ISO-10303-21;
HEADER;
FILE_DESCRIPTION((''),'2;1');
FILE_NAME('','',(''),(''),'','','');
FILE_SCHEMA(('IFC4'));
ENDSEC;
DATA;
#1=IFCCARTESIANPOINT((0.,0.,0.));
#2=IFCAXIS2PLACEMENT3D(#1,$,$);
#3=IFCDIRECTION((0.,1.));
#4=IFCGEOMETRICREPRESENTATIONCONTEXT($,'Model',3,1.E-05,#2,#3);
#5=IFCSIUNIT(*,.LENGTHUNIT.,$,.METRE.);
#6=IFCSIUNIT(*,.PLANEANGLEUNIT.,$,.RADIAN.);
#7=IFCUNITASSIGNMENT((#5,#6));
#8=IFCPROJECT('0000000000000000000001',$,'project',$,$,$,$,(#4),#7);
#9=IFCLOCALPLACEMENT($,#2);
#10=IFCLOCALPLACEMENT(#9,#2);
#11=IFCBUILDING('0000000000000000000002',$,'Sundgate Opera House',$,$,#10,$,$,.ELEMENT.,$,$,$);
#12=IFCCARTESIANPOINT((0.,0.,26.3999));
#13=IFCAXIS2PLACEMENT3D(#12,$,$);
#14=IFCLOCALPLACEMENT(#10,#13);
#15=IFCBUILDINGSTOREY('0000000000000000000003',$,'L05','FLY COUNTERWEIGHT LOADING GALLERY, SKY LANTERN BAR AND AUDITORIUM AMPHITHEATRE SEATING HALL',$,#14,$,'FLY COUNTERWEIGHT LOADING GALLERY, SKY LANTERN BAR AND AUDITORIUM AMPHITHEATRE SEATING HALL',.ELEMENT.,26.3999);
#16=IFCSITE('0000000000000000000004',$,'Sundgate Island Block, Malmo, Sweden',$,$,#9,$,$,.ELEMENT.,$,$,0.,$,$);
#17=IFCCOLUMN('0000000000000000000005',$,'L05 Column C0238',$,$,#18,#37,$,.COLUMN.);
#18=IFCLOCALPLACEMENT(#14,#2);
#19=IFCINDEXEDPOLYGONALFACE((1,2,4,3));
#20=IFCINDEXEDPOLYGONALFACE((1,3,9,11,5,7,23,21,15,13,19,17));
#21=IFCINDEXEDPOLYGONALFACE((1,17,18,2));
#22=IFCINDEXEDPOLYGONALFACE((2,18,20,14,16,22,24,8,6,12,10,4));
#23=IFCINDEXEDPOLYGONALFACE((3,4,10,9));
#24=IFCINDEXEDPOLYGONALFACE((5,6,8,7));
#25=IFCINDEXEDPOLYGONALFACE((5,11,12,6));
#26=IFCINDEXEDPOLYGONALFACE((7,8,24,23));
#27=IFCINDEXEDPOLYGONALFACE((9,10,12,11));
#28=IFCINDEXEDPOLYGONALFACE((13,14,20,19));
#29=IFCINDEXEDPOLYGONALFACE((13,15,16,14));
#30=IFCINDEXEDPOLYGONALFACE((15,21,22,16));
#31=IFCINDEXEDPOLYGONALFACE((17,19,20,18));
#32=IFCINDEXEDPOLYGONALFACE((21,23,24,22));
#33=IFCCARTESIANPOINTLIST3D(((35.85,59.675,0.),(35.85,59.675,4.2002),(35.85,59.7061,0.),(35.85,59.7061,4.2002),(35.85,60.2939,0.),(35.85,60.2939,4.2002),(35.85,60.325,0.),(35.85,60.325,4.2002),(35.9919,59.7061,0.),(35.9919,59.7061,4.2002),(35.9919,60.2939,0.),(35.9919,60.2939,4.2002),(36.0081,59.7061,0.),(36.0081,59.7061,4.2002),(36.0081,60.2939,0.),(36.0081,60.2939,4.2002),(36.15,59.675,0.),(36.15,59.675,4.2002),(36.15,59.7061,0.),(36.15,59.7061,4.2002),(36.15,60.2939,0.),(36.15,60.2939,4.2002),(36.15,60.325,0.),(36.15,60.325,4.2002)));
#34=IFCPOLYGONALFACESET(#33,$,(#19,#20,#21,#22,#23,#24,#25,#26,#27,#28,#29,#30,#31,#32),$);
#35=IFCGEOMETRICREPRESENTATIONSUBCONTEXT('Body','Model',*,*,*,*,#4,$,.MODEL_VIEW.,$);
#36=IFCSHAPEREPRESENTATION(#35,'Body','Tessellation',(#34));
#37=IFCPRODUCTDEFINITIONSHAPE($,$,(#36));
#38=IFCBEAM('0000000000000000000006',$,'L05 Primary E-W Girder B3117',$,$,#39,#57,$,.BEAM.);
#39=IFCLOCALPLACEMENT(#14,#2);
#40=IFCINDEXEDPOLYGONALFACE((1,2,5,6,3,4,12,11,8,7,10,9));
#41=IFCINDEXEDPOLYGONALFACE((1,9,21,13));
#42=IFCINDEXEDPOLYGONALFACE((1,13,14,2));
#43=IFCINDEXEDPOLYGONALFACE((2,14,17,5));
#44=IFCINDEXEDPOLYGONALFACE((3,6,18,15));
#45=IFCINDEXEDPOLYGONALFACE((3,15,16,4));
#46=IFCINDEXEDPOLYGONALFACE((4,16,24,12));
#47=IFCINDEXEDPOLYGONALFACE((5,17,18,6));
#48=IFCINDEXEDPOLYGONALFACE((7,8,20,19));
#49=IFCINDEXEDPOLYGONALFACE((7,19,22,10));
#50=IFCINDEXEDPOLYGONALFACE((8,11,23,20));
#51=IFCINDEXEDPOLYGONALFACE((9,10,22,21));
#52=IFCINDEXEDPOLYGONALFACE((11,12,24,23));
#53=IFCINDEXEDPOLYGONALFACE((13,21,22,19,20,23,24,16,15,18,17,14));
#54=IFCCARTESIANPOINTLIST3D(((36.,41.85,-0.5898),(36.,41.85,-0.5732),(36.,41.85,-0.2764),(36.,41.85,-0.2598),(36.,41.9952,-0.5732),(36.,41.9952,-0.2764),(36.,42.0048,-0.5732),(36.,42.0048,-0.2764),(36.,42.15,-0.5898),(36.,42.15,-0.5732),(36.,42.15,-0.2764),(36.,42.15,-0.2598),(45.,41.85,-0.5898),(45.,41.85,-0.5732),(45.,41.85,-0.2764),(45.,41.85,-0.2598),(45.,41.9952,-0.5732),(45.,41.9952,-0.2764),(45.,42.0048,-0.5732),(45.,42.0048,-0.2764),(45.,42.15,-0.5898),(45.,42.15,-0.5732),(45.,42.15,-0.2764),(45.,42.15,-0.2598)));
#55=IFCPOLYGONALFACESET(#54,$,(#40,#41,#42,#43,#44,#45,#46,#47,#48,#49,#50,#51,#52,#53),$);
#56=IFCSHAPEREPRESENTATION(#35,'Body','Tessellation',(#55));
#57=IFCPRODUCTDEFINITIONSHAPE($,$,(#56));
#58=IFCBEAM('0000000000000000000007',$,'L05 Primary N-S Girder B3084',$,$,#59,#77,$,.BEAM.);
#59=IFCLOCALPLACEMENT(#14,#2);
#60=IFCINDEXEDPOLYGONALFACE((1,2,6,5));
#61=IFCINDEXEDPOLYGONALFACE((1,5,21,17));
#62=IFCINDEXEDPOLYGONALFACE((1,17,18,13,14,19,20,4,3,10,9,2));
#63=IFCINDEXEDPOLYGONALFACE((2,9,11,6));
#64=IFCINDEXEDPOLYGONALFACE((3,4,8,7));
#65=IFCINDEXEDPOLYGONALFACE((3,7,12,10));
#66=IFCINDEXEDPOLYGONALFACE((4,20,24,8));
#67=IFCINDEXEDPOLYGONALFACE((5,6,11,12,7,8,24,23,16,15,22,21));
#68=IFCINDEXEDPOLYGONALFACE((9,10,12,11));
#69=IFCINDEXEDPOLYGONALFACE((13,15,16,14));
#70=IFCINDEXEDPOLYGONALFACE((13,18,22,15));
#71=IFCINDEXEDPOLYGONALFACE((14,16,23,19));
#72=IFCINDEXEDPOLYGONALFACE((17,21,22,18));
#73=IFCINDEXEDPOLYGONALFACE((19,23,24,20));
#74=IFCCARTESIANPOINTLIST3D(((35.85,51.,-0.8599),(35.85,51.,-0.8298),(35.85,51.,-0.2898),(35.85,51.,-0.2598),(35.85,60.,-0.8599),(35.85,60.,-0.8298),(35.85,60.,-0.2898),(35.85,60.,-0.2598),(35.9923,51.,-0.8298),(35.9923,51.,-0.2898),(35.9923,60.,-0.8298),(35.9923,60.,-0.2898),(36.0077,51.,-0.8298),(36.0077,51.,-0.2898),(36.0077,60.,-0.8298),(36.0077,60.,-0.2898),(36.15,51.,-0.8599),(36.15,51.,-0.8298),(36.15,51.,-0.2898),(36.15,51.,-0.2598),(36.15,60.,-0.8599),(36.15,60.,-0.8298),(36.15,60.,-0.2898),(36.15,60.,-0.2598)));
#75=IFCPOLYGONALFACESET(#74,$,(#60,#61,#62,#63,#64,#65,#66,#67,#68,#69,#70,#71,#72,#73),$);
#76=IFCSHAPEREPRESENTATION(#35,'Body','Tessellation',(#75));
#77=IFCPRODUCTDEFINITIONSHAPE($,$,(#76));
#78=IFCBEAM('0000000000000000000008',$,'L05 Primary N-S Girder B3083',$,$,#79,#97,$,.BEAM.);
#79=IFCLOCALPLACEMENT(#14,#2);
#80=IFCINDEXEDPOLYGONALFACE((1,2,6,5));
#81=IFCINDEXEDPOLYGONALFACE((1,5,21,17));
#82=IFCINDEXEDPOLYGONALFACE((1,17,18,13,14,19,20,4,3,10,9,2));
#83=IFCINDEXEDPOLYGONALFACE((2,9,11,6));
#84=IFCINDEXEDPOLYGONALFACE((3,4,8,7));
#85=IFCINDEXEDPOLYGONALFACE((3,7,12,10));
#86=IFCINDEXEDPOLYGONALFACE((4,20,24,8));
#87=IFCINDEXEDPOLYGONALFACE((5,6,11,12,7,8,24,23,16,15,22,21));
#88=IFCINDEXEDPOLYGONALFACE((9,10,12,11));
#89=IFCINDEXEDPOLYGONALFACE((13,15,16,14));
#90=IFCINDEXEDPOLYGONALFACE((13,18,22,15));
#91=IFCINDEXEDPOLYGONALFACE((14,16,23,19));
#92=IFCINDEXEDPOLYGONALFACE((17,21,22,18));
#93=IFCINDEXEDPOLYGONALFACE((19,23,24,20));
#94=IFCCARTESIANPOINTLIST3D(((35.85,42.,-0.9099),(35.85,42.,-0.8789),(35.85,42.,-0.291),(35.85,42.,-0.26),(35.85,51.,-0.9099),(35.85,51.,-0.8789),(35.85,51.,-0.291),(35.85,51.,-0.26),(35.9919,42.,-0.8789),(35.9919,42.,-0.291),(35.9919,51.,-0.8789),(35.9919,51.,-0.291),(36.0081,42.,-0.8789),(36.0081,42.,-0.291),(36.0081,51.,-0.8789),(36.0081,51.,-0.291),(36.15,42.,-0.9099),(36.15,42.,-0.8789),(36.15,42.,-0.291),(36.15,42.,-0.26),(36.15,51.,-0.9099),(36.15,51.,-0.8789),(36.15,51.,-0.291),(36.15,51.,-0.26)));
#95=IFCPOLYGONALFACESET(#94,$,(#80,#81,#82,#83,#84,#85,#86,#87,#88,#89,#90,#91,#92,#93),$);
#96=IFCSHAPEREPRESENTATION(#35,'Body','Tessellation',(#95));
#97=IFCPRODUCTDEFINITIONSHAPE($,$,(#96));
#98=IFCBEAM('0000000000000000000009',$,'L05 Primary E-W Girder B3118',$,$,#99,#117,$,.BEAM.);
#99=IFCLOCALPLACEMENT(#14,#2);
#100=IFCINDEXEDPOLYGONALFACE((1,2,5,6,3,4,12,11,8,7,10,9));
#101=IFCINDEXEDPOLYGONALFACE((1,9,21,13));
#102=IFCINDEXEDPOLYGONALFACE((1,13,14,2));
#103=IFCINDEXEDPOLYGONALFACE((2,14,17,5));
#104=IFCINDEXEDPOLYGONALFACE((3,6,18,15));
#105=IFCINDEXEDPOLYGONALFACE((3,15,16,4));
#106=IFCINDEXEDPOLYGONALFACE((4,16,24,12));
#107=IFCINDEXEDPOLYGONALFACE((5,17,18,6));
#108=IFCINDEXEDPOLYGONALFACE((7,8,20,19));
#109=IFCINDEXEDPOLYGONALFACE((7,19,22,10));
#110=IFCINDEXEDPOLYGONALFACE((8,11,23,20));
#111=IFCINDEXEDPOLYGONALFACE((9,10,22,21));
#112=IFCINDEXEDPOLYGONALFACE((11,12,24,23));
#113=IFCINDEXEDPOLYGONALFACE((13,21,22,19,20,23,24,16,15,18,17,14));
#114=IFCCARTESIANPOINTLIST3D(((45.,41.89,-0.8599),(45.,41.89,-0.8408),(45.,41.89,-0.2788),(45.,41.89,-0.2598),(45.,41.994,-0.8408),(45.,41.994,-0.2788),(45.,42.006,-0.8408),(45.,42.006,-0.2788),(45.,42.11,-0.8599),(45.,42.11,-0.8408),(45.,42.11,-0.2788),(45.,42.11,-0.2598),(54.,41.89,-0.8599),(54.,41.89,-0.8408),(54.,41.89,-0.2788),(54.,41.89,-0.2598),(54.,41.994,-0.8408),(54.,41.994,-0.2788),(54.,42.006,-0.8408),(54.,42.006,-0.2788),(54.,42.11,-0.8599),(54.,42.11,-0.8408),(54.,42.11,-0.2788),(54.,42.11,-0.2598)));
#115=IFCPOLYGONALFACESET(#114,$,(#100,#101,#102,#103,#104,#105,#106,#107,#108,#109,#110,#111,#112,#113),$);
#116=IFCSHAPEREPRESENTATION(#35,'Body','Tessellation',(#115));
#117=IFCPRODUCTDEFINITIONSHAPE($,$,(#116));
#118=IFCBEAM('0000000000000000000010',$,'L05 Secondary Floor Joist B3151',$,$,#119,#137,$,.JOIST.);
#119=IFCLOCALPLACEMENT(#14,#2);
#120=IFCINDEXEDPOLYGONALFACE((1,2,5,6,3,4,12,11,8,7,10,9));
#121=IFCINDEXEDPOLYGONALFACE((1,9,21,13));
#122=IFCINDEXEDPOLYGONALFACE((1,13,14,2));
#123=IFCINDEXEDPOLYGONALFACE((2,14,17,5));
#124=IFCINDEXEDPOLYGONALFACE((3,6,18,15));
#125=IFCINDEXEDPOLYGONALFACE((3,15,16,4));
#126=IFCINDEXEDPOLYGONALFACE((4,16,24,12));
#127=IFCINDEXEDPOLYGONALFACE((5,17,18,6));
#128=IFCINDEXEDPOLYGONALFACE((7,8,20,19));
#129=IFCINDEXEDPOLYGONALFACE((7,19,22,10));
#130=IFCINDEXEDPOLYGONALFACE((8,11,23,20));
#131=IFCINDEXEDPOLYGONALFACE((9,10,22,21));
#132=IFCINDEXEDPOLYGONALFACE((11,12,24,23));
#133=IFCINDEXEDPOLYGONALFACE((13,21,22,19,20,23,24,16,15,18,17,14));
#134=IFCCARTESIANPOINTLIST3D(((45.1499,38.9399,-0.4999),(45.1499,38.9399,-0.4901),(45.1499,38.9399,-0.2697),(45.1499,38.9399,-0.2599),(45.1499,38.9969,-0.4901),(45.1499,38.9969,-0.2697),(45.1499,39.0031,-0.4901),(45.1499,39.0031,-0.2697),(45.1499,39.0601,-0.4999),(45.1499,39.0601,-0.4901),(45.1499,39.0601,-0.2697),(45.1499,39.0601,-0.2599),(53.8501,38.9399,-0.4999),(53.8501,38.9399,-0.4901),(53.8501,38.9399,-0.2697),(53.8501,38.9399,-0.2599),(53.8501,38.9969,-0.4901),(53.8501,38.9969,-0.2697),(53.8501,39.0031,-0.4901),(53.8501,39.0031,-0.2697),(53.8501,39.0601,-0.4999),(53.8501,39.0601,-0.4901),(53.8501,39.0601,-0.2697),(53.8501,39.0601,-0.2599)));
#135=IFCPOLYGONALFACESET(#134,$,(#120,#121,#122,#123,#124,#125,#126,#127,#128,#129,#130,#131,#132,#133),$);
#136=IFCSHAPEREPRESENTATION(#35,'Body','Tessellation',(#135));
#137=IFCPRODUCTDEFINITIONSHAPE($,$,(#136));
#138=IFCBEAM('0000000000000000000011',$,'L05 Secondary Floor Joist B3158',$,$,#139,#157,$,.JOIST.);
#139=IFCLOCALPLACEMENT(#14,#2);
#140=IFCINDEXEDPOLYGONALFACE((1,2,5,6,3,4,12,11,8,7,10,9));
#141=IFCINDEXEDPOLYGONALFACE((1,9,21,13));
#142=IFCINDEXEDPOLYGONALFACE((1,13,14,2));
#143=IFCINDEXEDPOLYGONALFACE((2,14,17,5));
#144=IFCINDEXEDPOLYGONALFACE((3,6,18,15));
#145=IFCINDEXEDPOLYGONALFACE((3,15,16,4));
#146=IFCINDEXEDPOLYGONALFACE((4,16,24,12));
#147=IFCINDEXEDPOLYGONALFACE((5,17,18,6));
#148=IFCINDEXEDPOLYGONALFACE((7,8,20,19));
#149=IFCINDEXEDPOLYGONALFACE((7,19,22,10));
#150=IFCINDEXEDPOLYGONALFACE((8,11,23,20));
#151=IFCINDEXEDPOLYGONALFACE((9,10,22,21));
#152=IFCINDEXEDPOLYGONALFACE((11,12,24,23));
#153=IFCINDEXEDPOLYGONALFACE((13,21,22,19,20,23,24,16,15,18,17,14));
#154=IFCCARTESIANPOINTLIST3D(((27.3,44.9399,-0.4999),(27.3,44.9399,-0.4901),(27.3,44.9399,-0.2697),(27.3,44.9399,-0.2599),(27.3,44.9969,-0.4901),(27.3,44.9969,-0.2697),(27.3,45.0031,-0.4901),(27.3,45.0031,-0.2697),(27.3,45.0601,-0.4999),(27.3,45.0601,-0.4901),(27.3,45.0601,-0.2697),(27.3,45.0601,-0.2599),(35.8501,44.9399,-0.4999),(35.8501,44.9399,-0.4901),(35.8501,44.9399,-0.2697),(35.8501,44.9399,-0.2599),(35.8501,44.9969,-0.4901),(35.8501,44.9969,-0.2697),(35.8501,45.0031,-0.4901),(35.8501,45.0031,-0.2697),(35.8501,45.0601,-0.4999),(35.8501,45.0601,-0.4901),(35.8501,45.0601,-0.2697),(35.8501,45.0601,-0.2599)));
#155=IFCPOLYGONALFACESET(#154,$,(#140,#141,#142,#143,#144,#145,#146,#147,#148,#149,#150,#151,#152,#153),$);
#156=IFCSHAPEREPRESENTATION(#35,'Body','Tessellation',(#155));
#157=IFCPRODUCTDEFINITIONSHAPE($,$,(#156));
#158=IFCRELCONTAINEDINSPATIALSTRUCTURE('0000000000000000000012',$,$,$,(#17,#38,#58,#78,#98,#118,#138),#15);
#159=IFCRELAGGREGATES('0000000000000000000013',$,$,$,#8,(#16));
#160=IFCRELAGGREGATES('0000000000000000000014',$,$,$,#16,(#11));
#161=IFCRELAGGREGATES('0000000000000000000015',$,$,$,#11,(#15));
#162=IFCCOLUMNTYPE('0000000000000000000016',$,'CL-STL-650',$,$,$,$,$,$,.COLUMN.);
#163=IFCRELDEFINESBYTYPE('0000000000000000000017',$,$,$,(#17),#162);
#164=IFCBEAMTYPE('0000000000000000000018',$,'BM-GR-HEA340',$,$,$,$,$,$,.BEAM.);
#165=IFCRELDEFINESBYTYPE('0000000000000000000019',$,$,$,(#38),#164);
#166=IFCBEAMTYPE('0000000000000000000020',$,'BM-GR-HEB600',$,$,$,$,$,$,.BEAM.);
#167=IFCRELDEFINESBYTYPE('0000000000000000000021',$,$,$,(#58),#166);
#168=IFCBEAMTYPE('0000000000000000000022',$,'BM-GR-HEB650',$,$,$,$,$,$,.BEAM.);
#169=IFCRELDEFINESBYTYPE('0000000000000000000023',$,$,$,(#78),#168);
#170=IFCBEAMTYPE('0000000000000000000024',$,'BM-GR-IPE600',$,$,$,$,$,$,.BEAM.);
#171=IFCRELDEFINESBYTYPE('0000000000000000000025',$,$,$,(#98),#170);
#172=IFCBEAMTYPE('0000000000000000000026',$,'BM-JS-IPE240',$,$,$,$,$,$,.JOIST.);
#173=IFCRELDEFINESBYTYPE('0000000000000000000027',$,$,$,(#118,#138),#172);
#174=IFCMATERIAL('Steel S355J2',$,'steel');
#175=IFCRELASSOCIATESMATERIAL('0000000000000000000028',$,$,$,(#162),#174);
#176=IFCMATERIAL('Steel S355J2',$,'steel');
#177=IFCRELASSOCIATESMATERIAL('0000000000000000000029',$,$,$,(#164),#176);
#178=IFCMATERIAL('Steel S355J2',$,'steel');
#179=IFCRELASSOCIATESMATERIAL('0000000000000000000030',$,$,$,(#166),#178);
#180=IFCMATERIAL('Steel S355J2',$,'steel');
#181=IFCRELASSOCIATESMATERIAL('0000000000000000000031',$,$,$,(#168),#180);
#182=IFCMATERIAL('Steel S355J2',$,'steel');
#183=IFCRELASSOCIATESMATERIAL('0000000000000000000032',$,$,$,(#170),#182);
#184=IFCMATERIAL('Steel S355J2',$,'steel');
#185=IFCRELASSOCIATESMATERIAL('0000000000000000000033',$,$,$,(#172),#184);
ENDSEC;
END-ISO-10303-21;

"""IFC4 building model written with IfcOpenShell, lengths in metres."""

from ifc_helpers import new_model, si_unit, direction, frame, origin, origin_2d, place, context, subcontext, project, spatial, i_section, extrude, material, material_profile, profile_set, type_object, element, save


model = new_model("IFC4")

# Units and contexts
model_context = context("Model", 3, precision=1e-05, world=origin(), true_north=direction((0.0, 1.0)))
body_context = subcontext(model_context, "Body", "Model", "MODEL_VIEW")
ifc_project = project(units=[si_unit("LENGTHUNIT", "METRE"), si_unit("PLANEANGLEUNIT", "RADIAN")], contexts=[model_context])

# Site, building, storey
site_placement = place(None, origin())
site = spatial("IfcSite", under=ifc_project, at=site_placement, Name="Sundgate Island Block, Malmo, Sweden", CompositionType="ELEMENT", RefElevation=0.0)
building_placement = place(site_placement, origin())
building = spatial("IfcBuilding", under=site, at=building_placement, Name="Sundgate Opera House", CompositionType="ELEMENT")
storey_placement = place(building_placement, frame((0.0, 0.0, 26.3999)))
storey = spatial("IfcBuildingStorey", under=building, at=storey_placement, Name="L05", Description="FLY COUNTERWEIGHT LOADING GALLERY, SKY LANTERN BAR AND AUDITORIUM AMPHITHEATRE SEATING HALL", LongName="FLY COUNTERWEIGHT LOADING GALLERY, SKY LANTERN BAR AND AUDITORIUM AMPHITHEATRE SEATING HALL", CompositionType="ELEMENT", Elevation=26.3999)

# Column
ifc_material_1 = material(Name="Steel S355J2", Category="steel")
ifc_material_profile_1 = material_profile(ifc_material_1, i_section(OverallWidth=0.3, OverallDepth=0.6499, WebThickness=0.0161, FlangeThickness=0.031, at=origin_2d()), Name="HEB 650")
ifc_profile_set_1 = profile_set([ifc_material_profile_1], Name="Steel S355J2")
column_type = type_object("IfcColumnType", Name="CL-STL-650", PredefinedType="COLUMN", material=ifc_profile_set_1)
column_placement = place(storey_placement, frame((36.0, 60.0, 0.0), z_axis=(0.0, 0.0, 1.0), x_axis=(1.0, 0.0, 0.0)))
element("IfcColumn", 1, at=column_placement, inside=storey, type_object=column_type, Name="L05 Column C0238", PredefinedType="COLUMN", context=body_context, shape_type="SweptSolid", body=[
    extrude(i_section(OverallWidth=0.3, OverallDepth=0.6499, WebThickness=0.0161, FlangeThickness=0.031, at=origin_2d()), origin(), (0.0, 0.0, 1.0), 4.2002),
])

# Beams
ifc_material_2 = material(Name="Steel S355J2", Category="steel")
ifc_material_profile_2 = material_profile(ifc_material_2, i_section(OverallWidth=0.3, OverallDepth=0.3301, WebThickness=0.0095, FlangeThickness=0.0166, at=origin_2d()), Name="HEA 340")
ifc_profile_set_2 = profile_set([ifc_material_profile_2], Name="Steel S355J2")
beam_type_1 = type_object("IfcBeamType", Name="BM-GR-HEA340", PredefinedType="BEAM", material=ifc_profile_set_2)
beam_1_placement = place(storey_placement, frame((36.0, 42.0, -0.4248), z_axis=(1.0, 0.0, 0.0), x_axis=(0.0, 1.0, 0.0)))
element("IfcBeam", 2, at=beam_1_placement, inside=storey, type_object=beam_type_1, Name="L05 Primary E-W Girder B3117", PredefinedType="BEAM", context=body_context, shape_type="SweptSolid", body=[
    extrude(i_section(OverallWidth=0.3, OverallDepth=0.3301, WebThickness=0.0095, FlangeThickness=0.0166, at=origin_2d()), origin(), (0.0, 0.0, 1.0), 9.0),
])
ifc_material_3 = material(Name="Steel S355J2", Category="steel")
ifc_material_profile_3 = material_profile(ifc_material_3, i_section(OverallWidth=0.3, OverallDepth=0.6001, WebThickness=0.0154, FlangeThickness=0.03, at=origin_2d()), Name="HEB 600")
ifc_profile_set_3 = profile_set([ifc_material_profile_3], Name="Steel S355J2")
beam_type_2 = type_object("IfcBeamType", Name="BM-GR-HEB600", PredefinedType="BEAM", material=ifc_profile_set_3)
beam_2_placement = place(storey_placement, frame((36.0, 51.0, -0.5598), z_axis=(0.0, 1.0, 0.0), x_axis=(-1.0, 0.0, 0.0)))
element("IfcBeam", 3, at=beam_2_placement, inside=storey, type_object=beam_type_2, Name="L05 Primary N-S Girder B3084", PredefinedType="BEAM", context=body_context, shape_type="SweptSolid", body=[
    extrude(i_section(OverallWidth=0.3, OverallDepth=0.6001, WebThickness=0.0154, FlangeThickness=0.03, at=origin_2d()), origin(), (0.0, 0.0, 1.0), 9.0),
])
ifc_material_4 = material(Name="Steel S355J2", Category="steel")
ifc_material_profile_4 = material_profile(ifc_material_4, i_section(OverallWidth=0.3, OverallDepth=0.6499, WebThickness=0.0161, FlangeThickness=0.031, at=origin_2d()), Name="HEB 650")
ifc_profile_set_4 = profile_set([ifc_material_profile_4], Name="Steel S355J2")
beam_type_3 = type_object("IfcBeamType", Name="BM-GR-HEB650", PredefinedType="BEAM", material=ifc_profile_set_4)
beam_3_placement = place(storey_placement, frame((36.0, 42.0, -0.585), z_axis=(0.0, 1.0, 0.0), x_axis=(-1.0, 0.0, 0.0)))
element("IfcBeam", 4, at=beam_3_placement, inside=storey, type_object=beam_type_3, Name="L05 Primary N-S Girder B3083", PredefinedType="BEAM", context=body_context, shape_type="SweptSolid", body=[
    extrude(i_section(OverallWidth=0.3, OverallDepth=0.6499, WebThickness=0.0161, FlangeThickness=0.031, at=origin_2d()), origin(), (0.0, 0.0, 1.0), 9.0),
])
ifc_material_5 = material(Name="Steel S355J2", Category="steel")
ifc_material_profile_5 = material_profile(ifc_material_5, i_section(OverallWidth=0.22, OverallDepth=0.6001, WebThickness=0.012, FlangeThickness=0.019, at=origin_2d()), Name="IPE 600")
ifc_profile_set_5 = profile_set([ifc_material_profile_5], Name="Steel S355J2")
beam_type_4 = type_object("IfcBeamType", Name="BM-GR-IPE600", PredefinedType="BEAM", material=ifc_profile_set_5)
beam_4_placement = place(storey_placement, frame((45.0, 42.0, -0.5598), z_axis=(1.0, 0.0, 0.0), x_axis=(0.0, 1.0, 0.0)))
element("IfcBeam", 5, at=beam_4_placement, inside=storey, type_object=beam_type_4, Name="L05 Primary E-W Girder B3118", PredefinedType="BEAM", context=body_context, shape_type="SweptSolid", body=[
    extrude(i_section(OverallWidth=0.22, OverallDepth=0.6001, WebThickness=0.012, FlangeThickness=0.019, at=origin_2d()), origin(), (0.0, 0.0, 1.0), 9.0),
])
ifc_material_6 = material(Name="Steel S355J2", Category="steel")
ifc_material_profile_6 = material_profile(ifc_material_6, i_section(OverallWidth=0.1201, OverallDepth=0.24, WebThickness=0.0061, FlangeThickness=0.0098, at=origin_2d()), Name="IPE 240")
ifc_profile_set_6 = profile_set([ifc_material_profile_6], Name="Steel S355J2")
beam_type_5 = type_object("IfcBeamType", Name="BM-JS-IPE240", PredefinedType="JOIST", material=ifc_profile_set_6)
beam_5_placement = place(storey_placement, frame((45.1499, 39.0, -0.3799), z_axis=(1.0, 0.0, 0.0), x_axis=(0.0, 1.0, 0.0)))
element("IfcBeam", 6, at=beam_5_placement, inside=storey, type_object=beam_type_5, Name="L05 Secondary Floor Joist B3151", PredefinedType="JOIST", context=body_context, shape_type="SweptSolid", body=[
    extrude(i_section(OverallWidth=0.1201, OverallDepth=0.24, WebThickness=0.0061, FlangeThickness=0.0098, at=origin_2d()), origin(), (0.0, 0.0, 1.0), 8.7002),
])
beam_6_placement = place(storey_placement, frame((27.3, 45.0, -0.3799), z_axis=(1.0, 0.0, 0.0), x_axis=(0.0, 1.0, 0.0)))
element("IfcBeam", 7, at=beam_6_placement, inside=storey, type_object=beam_type_5, Name="L05 Secondary Floor Joist B3158", PredefinedType="JOIST", context=body_context, shape_type="SweptSolid", body=[
    extrude(i_section(OverallWidth=0.1201, OverallDepth=0.24, WebThickness=0.0061, FlangeThickness=0.0098, at=origin_2d()), origin(), (0.0, 0.0, 1.0), 8.55),
])

save(model, "model.ifc")
